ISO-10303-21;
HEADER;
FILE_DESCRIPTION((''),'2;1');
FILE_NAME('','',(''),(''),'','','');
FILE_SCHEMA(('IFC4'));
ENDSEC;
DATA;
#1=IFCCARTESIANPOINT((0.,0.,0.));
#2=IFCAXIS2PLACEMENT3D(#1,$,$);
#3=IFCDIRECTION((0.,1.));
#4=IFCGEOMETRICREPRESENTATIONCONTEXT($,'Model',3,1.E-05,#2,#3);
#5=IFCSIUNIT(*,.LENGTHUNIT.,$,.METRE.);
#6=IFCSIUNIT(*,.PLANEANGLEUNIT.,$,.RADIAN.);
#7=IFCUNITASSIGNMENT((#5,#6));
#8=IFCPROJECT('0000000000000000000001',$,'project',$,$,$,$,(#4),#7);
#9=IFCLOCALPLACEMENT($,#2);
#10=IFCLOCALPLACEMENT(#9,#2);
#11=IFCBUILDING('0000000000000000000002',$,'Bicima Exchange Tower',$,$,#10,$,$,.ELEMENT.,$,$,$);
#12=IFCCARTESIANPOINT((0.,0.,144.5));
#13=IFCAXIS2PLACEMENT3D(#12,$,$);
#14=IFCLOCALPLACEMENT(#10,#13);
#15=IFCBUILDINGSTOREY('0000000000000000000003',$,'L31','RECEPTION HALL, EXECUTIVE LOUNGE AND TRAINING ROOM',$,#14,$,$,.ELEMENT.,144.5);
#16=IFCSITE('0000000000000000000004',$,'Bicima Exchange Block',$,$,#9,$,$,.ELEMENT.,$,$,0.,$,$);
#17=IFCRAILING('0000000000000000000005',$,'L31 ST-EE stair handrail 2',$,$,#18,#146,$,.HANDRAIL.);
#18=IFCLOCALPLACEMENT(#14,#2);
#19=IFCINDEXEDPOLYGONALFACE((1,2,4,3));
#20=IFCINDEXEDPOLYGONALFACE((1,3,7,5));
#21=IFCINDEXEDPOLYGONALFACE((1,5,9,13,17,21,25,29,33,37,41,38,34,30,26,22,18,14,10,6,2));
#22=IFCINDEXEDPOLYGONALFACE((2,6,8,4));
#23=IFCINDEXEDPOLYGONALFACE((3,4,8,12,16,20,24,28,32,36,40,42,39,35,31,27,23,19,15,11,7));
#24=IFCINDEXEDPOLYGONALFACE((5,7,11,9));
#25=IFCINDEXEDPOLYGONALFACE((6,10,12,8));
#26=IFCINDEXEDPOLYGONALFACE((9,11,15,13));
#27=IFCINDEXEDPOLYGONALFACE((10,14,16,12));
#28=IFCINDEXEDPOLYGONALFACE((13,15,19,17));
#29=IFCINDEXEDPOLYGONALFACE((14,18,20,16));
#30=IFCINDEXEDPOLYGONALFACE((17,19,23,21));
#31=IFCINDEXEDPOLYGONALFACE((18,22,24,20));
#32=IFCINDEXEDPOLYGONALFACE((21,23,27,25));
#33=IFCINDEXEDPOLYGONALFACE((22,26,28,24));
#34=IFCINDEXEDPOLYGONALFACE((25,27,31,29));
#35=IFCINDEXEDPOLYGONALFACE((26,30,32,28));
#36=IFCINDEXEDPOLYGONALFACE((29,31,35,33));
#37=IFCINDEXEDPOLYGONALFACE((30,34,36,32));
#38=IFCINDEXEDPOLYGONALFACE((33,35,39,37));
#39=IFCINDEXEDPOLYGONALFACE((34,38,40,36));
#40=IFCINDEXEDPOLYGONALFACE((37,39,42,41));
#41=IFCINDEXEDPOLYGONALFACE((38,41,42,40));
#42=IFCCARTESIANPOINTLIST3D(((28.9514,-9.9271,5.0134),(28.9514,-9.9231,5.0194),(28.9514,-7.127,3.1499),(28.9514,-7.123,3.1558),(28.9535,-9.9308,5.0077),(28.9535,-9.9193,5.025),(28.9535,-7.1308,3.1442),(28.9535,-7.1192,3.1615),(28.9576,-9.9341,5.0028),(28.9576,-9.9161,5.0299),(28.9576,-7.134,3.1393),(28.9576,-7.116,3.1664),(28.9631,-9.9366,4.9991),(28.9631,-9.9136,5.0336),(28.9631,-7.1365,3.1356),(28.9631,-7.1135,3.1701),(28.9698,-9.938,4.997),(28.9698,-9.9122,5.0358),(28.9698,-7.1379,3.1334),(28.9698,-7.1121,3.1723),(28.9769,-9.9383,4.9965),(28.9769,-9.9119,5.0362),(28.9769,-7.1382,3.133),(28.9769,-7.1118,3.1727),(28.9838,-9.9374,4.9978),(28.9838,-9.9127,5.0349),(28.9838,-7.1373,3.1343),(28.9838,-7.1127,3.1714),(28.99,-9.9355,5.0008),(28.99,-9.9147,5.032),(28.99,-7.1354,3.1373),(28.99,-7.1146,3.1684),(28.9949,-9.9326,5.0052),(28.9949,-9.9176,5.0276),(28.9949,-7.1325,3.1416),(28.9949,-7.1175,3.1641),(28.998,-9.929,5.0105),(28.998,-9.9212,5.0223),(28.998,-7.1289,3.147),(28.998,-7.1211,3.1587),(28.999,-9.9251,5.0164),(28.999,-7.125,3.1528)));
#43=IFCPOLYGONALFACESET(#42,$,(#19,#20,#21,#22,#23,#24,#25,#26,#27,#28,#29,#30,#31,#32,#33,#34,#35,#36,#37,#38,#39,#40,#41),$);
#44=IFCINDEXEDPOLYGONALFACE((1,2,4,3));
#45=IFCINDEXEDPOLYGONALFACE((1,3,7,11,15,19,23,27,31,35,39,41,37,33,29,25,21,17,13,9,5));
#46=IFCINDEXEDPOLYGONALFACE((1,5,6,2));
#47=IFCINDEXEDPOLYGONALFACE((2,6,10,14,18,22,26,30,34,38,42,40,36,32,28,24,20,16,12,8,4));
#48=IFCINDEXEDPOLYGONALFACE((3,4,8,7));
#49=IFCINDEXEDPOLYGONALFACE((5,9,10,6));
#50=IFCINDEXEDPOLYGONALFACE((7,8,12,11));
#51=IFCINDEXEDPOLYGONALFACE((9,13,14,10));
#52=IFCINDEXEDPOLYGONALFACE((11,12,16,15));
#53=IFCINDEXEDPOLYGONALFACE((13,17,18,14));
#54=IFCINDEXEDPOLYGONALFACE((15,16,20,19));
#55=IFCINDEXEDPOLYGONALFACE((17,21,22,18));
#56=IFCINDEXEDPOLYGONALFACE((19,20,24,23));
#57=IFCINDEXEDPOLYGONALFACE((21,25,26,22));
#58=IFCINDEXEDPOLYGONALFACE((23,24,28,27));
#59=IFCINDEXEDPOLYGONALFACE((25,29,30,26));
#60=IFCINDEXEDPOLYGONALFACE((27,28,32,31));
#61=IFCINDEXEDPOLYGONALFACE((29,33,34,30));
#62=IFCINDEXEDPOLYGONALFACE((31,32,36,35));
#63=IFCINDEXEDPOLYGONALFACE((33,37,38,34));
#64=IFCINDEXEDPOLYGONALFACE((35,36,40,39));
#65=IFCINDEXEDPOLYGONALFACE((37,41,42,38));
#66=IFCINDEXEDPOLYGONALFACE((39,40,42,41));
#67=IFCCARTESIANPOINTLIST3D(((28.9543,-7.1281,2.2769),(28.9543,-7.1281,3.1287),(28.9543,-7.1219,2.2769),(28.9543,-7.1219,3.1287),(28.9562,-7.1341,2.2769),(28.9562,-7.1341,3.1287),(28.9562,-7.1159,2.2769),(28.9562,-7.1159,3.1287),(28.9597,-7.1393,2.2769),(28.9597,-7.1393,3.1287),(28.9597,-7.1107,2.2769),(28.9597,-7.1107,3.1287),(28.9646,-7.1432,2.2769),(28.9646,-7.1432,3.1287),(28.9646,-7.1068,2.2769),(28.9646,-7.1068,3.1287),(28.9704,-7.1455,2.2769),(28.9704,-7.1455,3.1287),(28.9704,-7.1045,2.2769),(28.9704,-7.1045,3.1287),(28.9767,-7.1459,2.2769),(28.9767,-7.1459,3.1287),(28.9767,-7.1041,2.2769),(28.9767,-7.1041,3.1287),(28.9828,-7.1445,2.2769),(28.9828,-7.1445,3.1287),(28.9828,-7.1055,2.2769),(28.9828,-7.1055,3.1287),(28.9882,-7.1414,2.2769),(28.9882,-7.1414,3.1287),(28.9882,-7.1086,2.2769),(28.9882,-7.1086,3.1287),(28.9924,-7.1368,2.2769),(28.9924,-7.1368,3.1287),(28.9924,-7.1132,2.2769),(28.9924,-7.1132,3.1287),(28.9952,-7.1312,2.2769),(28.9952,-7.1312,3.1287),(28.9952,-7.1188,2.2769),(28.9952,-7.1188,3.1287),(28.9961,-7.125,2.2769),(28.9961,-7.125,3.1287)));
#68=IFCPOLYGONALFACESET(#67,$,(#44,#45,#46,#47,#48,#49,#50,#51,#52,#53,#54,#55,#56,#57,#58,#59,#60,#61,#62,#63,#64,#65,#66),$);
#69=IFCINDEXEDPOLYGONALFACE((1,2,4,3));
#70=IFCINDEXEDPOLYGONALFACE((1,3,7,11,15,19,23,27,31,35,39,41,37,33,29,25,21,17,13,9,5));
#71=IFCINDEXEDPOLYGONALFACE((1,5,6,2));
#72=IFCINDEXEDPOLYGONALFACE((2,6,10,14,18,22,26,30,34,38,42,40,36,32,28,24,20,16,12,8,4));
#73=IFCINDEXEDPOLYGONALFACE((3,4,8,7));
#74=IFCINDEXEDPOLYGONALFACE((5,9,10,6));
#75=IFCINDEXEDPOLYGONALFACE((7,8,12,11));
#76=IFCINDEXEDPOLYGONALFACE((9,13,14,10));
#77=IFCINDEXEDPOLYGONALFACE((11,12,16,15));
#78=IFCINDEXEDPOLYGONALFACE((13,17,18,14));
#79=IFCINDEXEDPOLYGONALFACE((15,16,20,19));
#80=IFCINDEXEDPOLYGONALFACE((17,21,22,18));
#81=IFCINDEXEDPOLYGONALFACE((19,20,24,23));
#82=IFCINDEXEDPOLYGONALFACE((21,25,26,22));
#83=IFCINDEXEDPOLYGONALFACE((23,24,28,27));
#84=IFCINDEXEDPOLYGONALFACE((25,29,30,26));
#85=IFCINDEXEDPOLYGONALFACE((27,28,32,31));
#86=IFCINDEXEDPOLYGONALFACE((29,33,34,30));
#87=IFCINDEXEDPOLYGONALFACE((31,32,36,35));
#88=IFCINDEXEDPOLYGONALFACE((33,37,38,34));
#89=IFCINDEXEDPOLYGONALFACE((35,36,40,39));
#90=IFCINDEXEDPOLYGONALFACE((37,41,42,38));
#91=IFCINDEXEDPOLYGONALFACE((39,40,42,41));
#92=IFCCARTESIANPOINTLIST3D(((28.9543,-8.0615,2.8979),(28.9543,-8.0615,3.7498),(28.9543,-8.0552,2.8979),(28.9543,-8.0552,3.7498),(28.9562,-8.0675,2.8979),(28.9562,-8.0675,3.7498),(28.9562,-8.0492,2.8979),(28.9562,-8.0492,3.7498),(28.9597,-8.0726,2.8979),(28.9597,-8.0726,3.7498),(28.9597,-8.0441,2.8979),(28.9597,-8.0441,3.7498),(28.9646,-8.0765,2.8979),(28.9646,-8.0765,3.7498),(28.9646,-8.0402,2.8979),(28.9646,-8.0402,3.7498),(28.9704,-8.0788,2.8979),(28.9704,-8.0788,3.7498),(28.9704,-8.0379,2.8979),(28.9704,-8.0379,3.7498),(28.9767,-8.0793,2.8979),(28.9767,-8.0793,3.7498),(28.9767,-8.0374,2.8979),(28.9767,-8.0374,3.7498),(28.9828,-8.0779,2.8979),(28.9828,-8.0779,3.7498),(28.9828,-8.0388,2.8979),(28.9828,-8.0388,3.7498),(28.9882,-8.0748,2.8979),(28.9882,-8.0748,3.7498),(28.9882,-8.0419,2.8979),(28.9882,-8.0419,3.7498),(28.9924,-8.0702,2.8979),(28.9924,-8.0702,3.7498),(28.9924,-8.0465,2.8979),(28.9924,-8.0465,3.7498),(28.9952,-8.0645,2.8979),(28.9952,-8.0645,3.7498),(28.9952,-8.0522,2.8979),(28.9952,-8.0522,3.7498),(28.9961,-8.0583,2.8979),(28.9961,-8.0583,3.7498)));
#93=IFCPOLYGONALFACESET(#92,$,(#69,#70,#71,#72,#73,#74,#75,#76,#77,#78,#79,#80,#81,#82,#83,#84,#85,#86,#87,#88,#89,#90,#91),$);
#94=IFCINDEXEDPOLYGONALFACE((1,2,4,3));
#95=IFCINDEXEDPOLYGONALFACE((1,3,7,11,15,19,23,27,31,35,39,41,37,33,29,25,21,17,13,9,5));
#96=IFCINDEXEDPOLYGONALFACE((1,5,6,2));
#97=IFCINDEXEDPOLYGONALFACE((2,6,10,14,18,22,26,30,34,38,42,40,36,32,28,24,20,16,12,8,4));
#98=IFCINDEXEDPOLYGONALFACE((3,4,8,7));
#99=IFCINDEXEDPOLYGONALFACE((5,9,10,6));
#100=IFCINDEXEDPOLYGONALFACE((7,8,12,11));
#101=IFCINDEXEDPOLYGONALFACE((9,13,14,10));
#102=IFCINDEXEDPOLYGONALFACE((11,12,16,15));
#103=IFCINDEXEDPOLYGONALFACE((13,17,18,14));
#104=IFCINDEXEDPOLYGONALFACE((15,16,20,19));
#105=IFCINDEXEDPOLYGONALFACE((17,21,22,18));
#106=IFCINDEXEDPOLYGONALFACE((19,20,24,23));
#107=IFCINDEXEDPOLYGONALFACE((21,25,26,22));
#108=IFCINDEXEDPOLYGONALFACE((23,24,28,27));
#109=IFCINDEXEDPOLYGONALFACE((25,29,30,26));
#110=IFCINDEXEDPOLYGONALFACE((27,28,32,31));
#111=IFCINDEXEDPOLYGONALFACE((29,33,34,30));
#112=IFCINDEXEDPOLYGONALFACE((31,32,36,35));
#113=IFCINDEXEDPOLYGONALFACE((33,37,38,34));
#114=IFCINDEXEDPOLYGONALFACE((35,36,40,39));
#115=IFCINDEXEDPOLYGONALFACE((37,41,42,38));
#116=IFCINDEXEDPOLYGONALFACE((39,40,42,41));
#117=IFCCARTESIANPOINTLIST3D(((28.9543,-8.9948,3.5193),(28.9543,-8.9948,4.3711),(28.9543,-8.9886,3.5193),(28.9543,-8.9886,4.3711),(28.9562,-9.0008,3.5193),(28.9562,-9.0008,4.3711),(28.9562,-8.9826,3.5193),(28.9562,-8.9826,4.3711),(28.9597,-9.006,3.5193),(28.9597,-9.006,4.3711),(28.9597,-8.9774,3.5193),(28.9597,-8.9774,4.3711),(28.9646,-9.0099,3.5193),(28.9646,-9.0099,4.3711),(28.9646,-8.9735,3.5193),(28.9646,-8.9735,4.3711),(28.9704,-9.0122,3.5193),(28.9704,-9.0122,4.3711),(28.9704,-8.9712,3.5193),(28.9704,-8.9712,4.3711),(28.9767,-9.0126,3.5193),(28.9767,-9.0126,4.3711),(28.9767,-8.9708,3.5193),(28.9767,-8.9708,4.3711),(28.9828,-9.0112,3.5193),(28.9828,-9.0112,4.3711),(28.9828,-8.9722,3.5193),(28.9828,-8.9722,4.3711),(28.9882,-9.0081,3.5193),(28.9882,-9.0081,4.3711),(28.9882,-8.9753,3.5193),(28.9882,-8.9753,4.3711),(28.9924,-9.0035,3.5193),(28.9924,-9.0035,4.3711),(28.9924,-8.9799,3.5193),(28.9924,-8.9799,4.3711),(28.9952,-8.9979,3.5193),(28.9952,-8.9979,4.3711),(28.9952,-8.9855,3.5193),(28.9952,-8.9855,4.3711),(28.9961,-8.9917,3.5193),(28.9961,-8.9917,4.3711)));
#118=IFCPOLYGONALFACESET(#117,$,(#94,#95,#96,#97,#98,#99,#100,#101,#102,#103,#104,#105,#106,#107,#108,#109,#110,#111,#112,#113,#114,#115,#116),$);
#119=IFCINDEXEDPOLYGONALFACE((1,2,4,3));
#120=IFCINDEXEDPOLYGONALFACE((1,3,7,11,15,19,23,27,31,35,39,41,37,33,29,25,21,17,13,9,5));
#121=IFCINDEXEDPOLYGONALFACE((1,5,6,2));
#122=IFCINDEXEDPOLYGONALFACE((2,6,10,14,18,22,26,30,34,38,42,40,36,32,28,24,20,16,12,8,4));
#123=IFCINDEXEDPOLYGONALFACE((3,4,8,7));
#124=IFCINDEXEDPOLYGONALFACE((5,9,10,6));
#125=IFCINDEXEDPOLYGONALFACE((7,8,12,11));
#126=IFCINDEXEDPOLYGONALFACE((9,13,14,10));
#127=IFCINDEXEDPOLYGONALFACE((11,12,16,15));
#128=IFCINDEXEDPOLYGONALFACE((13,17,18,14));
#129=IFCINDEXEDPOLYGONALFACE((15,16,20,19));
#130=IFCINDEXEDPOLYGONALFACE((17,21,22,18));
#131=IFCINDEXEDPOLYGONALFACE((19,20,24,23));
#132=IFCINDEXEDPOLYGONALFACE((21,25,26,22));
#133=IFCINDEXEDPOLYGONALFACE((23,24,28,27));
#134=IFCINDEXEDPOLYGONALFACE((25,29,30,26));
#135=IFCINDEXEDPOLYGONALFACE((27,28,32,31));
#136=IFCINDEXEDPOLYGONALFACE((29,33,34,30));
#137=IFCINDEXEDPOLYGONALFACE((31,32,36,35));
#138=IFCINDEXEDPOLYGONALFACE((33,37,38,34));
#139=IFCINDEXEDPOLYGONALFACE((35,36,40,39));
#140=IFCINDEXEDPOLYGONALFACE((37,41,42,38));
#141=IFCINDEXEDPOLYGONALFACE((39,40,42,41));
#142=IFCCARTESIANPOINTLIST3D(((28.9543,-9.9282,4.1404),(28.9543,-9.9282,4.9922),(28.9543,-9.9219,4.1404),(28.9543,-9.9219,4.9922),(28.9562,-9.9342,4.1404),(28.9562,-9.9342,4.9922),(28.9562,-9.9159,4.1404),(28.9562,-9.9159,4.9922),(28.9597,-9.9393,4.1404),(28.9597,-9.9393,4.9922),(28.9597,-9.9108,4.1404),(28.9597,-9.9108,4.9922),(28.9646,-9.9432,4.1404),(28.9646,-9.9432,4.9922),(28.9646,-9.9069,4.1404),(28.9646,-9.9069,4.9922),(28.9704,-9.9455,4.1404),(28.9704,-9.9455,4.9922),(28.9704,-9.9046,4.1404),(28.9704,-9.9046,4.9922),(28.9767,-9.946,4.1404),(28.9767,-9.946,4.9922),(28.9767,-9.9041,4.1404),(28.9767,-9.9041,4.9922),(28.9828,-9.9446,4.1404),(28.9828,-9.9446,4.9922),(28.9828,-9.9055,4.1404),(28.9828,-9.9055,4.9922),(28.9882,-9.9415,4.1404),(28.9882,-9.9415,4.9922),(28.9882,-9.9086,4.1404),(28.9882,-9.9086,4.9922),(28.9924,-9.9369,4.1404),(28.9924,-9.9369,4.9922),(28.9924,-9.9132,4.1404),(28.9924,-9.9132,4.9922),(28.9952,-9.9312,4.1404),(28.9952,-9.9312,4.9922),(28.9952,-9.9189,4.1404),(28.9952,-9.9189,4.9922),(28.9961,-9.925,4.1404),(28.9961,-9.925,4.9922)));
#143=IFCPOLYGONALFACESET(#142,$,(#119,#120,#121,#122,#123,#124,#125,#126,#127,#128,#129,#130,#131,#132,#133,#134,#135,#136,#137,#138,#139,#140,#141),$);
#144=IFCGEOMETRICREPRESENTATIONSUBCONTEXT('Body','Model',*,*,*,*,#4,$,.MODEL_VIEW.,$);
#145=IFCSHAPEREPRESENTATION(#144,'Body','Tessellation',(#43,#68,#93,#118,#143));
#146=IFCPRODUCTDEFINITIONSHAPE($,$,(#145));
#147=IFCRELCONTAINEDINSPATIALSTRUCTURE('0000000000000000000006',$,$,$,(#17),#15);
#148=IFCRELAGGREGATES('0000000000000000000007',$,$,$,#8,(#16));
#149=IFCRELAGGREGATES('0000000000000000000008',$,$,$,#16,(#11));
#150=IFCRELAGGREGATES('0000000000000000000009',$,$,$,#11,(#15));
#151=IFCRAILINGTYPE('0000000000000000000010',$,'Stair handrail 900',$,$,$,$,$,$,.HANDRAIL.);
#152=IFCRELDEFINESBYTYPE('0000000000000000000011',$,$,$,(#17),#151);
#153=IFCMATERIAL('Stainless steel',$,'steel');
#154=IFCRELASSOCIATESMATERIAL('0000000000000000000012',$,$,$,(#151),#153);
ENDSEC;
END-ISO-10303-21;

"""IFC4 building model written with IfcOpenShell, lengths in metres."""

from ifc_helpers import new_model, si_unit, direction, frame, origin, origin_2d, place, context, subcontext, project, spatial, circle, extrude, material, type_object, element, save


model = new_model("IFC4")

# Units and contexts
model_context = context("Model", 3, precision=1e-05, world=origin(), true_north=direction((0.0, 1.0)))
body_context = subcontext(model_context, "Body", "Model", "MODEL_VIEW")
ifc_project = project(units=[si_unit("LENGTHUNIT", "METRE"), si_unit("PLANEANGLEUNIT", "RADIAN")], contexts=[model_context])

# Site, building, storey
site_placement = place(None, origin())
site = spatial("IfcSite", under=ifc_project, at=site_placement, Name="Bicima Exchange Block", CompositionType="ELEMENT", RefElevation=0.0)
building_placement = place(site_placement, origin())
building = spatial("IfcBuilding", under=site, at=building_placement, Name="Bicima Exchange Tower", CompositionType="ELEMENT")
storey_placement = place(building_placement, frame((0.0, 0.0, 144.5)))
storey = spatial("IfcBuildingStorey", under=building, at=storey_placement, Name="L31", Description="RECEPTION HALL, EXECUTIVE LOUNGE AND TRAINING ROOM", CompositionType="ELEMENT", Elevation=144.5)

# Railing
ifc_material_1 = material(Name="Stainless steel", Category="steel")
railing_type_1 = type_object("IfcRailingType", Name="Stair handrail 900", PredefinedType="HANDRAIL", material=ifc_material_1)
for number, where, name in (
    (1, (28.9751, -7.125, 2.2769), "L31 ST-EE stair handrail 2"),
):
    element("IfcRailing", number, at=place(storey_placement, frame(where)), inside=storey, type_object=railing_type_1, Name=name, PredefinedType="HANDRAIL", context=body_context, shape_type="SweptSolid", body=[
        extrude(circle(Radius=0.0239, at=origin_2d()), frame((0.0, 0.0, 0.876), z_axis=(0.0, -0.832486, 0.554047), x_axis=(1.0, 0.0, 0.0)), (0.0, 0.0, 1.0), 3.3635),
        extrude(circle(Radius=0.021, at=origin_2d()), origin(), (0.0, 0.0, 1.0), 0.8518),
        extrude(circle(Radius=0.021, at=origin_2d()), frame((0.0, -0.9333, 0.6211)), (0.0, 0.0, 1.0), 0.8518),
        extrude(circle(Radius=0.021, at=origin_2d()), frame((0.0, -1.8667, 1.2424)), (0.0, 0.0, 1.0), 0.8518),
        extrude(circle(Radius=0.021, at=origin_2d()), frame((0.0, -2.8, 1.8635)), (0.0, 0.0, 1.0), 0.8518),
    ])

save(model, "model.ifc")
